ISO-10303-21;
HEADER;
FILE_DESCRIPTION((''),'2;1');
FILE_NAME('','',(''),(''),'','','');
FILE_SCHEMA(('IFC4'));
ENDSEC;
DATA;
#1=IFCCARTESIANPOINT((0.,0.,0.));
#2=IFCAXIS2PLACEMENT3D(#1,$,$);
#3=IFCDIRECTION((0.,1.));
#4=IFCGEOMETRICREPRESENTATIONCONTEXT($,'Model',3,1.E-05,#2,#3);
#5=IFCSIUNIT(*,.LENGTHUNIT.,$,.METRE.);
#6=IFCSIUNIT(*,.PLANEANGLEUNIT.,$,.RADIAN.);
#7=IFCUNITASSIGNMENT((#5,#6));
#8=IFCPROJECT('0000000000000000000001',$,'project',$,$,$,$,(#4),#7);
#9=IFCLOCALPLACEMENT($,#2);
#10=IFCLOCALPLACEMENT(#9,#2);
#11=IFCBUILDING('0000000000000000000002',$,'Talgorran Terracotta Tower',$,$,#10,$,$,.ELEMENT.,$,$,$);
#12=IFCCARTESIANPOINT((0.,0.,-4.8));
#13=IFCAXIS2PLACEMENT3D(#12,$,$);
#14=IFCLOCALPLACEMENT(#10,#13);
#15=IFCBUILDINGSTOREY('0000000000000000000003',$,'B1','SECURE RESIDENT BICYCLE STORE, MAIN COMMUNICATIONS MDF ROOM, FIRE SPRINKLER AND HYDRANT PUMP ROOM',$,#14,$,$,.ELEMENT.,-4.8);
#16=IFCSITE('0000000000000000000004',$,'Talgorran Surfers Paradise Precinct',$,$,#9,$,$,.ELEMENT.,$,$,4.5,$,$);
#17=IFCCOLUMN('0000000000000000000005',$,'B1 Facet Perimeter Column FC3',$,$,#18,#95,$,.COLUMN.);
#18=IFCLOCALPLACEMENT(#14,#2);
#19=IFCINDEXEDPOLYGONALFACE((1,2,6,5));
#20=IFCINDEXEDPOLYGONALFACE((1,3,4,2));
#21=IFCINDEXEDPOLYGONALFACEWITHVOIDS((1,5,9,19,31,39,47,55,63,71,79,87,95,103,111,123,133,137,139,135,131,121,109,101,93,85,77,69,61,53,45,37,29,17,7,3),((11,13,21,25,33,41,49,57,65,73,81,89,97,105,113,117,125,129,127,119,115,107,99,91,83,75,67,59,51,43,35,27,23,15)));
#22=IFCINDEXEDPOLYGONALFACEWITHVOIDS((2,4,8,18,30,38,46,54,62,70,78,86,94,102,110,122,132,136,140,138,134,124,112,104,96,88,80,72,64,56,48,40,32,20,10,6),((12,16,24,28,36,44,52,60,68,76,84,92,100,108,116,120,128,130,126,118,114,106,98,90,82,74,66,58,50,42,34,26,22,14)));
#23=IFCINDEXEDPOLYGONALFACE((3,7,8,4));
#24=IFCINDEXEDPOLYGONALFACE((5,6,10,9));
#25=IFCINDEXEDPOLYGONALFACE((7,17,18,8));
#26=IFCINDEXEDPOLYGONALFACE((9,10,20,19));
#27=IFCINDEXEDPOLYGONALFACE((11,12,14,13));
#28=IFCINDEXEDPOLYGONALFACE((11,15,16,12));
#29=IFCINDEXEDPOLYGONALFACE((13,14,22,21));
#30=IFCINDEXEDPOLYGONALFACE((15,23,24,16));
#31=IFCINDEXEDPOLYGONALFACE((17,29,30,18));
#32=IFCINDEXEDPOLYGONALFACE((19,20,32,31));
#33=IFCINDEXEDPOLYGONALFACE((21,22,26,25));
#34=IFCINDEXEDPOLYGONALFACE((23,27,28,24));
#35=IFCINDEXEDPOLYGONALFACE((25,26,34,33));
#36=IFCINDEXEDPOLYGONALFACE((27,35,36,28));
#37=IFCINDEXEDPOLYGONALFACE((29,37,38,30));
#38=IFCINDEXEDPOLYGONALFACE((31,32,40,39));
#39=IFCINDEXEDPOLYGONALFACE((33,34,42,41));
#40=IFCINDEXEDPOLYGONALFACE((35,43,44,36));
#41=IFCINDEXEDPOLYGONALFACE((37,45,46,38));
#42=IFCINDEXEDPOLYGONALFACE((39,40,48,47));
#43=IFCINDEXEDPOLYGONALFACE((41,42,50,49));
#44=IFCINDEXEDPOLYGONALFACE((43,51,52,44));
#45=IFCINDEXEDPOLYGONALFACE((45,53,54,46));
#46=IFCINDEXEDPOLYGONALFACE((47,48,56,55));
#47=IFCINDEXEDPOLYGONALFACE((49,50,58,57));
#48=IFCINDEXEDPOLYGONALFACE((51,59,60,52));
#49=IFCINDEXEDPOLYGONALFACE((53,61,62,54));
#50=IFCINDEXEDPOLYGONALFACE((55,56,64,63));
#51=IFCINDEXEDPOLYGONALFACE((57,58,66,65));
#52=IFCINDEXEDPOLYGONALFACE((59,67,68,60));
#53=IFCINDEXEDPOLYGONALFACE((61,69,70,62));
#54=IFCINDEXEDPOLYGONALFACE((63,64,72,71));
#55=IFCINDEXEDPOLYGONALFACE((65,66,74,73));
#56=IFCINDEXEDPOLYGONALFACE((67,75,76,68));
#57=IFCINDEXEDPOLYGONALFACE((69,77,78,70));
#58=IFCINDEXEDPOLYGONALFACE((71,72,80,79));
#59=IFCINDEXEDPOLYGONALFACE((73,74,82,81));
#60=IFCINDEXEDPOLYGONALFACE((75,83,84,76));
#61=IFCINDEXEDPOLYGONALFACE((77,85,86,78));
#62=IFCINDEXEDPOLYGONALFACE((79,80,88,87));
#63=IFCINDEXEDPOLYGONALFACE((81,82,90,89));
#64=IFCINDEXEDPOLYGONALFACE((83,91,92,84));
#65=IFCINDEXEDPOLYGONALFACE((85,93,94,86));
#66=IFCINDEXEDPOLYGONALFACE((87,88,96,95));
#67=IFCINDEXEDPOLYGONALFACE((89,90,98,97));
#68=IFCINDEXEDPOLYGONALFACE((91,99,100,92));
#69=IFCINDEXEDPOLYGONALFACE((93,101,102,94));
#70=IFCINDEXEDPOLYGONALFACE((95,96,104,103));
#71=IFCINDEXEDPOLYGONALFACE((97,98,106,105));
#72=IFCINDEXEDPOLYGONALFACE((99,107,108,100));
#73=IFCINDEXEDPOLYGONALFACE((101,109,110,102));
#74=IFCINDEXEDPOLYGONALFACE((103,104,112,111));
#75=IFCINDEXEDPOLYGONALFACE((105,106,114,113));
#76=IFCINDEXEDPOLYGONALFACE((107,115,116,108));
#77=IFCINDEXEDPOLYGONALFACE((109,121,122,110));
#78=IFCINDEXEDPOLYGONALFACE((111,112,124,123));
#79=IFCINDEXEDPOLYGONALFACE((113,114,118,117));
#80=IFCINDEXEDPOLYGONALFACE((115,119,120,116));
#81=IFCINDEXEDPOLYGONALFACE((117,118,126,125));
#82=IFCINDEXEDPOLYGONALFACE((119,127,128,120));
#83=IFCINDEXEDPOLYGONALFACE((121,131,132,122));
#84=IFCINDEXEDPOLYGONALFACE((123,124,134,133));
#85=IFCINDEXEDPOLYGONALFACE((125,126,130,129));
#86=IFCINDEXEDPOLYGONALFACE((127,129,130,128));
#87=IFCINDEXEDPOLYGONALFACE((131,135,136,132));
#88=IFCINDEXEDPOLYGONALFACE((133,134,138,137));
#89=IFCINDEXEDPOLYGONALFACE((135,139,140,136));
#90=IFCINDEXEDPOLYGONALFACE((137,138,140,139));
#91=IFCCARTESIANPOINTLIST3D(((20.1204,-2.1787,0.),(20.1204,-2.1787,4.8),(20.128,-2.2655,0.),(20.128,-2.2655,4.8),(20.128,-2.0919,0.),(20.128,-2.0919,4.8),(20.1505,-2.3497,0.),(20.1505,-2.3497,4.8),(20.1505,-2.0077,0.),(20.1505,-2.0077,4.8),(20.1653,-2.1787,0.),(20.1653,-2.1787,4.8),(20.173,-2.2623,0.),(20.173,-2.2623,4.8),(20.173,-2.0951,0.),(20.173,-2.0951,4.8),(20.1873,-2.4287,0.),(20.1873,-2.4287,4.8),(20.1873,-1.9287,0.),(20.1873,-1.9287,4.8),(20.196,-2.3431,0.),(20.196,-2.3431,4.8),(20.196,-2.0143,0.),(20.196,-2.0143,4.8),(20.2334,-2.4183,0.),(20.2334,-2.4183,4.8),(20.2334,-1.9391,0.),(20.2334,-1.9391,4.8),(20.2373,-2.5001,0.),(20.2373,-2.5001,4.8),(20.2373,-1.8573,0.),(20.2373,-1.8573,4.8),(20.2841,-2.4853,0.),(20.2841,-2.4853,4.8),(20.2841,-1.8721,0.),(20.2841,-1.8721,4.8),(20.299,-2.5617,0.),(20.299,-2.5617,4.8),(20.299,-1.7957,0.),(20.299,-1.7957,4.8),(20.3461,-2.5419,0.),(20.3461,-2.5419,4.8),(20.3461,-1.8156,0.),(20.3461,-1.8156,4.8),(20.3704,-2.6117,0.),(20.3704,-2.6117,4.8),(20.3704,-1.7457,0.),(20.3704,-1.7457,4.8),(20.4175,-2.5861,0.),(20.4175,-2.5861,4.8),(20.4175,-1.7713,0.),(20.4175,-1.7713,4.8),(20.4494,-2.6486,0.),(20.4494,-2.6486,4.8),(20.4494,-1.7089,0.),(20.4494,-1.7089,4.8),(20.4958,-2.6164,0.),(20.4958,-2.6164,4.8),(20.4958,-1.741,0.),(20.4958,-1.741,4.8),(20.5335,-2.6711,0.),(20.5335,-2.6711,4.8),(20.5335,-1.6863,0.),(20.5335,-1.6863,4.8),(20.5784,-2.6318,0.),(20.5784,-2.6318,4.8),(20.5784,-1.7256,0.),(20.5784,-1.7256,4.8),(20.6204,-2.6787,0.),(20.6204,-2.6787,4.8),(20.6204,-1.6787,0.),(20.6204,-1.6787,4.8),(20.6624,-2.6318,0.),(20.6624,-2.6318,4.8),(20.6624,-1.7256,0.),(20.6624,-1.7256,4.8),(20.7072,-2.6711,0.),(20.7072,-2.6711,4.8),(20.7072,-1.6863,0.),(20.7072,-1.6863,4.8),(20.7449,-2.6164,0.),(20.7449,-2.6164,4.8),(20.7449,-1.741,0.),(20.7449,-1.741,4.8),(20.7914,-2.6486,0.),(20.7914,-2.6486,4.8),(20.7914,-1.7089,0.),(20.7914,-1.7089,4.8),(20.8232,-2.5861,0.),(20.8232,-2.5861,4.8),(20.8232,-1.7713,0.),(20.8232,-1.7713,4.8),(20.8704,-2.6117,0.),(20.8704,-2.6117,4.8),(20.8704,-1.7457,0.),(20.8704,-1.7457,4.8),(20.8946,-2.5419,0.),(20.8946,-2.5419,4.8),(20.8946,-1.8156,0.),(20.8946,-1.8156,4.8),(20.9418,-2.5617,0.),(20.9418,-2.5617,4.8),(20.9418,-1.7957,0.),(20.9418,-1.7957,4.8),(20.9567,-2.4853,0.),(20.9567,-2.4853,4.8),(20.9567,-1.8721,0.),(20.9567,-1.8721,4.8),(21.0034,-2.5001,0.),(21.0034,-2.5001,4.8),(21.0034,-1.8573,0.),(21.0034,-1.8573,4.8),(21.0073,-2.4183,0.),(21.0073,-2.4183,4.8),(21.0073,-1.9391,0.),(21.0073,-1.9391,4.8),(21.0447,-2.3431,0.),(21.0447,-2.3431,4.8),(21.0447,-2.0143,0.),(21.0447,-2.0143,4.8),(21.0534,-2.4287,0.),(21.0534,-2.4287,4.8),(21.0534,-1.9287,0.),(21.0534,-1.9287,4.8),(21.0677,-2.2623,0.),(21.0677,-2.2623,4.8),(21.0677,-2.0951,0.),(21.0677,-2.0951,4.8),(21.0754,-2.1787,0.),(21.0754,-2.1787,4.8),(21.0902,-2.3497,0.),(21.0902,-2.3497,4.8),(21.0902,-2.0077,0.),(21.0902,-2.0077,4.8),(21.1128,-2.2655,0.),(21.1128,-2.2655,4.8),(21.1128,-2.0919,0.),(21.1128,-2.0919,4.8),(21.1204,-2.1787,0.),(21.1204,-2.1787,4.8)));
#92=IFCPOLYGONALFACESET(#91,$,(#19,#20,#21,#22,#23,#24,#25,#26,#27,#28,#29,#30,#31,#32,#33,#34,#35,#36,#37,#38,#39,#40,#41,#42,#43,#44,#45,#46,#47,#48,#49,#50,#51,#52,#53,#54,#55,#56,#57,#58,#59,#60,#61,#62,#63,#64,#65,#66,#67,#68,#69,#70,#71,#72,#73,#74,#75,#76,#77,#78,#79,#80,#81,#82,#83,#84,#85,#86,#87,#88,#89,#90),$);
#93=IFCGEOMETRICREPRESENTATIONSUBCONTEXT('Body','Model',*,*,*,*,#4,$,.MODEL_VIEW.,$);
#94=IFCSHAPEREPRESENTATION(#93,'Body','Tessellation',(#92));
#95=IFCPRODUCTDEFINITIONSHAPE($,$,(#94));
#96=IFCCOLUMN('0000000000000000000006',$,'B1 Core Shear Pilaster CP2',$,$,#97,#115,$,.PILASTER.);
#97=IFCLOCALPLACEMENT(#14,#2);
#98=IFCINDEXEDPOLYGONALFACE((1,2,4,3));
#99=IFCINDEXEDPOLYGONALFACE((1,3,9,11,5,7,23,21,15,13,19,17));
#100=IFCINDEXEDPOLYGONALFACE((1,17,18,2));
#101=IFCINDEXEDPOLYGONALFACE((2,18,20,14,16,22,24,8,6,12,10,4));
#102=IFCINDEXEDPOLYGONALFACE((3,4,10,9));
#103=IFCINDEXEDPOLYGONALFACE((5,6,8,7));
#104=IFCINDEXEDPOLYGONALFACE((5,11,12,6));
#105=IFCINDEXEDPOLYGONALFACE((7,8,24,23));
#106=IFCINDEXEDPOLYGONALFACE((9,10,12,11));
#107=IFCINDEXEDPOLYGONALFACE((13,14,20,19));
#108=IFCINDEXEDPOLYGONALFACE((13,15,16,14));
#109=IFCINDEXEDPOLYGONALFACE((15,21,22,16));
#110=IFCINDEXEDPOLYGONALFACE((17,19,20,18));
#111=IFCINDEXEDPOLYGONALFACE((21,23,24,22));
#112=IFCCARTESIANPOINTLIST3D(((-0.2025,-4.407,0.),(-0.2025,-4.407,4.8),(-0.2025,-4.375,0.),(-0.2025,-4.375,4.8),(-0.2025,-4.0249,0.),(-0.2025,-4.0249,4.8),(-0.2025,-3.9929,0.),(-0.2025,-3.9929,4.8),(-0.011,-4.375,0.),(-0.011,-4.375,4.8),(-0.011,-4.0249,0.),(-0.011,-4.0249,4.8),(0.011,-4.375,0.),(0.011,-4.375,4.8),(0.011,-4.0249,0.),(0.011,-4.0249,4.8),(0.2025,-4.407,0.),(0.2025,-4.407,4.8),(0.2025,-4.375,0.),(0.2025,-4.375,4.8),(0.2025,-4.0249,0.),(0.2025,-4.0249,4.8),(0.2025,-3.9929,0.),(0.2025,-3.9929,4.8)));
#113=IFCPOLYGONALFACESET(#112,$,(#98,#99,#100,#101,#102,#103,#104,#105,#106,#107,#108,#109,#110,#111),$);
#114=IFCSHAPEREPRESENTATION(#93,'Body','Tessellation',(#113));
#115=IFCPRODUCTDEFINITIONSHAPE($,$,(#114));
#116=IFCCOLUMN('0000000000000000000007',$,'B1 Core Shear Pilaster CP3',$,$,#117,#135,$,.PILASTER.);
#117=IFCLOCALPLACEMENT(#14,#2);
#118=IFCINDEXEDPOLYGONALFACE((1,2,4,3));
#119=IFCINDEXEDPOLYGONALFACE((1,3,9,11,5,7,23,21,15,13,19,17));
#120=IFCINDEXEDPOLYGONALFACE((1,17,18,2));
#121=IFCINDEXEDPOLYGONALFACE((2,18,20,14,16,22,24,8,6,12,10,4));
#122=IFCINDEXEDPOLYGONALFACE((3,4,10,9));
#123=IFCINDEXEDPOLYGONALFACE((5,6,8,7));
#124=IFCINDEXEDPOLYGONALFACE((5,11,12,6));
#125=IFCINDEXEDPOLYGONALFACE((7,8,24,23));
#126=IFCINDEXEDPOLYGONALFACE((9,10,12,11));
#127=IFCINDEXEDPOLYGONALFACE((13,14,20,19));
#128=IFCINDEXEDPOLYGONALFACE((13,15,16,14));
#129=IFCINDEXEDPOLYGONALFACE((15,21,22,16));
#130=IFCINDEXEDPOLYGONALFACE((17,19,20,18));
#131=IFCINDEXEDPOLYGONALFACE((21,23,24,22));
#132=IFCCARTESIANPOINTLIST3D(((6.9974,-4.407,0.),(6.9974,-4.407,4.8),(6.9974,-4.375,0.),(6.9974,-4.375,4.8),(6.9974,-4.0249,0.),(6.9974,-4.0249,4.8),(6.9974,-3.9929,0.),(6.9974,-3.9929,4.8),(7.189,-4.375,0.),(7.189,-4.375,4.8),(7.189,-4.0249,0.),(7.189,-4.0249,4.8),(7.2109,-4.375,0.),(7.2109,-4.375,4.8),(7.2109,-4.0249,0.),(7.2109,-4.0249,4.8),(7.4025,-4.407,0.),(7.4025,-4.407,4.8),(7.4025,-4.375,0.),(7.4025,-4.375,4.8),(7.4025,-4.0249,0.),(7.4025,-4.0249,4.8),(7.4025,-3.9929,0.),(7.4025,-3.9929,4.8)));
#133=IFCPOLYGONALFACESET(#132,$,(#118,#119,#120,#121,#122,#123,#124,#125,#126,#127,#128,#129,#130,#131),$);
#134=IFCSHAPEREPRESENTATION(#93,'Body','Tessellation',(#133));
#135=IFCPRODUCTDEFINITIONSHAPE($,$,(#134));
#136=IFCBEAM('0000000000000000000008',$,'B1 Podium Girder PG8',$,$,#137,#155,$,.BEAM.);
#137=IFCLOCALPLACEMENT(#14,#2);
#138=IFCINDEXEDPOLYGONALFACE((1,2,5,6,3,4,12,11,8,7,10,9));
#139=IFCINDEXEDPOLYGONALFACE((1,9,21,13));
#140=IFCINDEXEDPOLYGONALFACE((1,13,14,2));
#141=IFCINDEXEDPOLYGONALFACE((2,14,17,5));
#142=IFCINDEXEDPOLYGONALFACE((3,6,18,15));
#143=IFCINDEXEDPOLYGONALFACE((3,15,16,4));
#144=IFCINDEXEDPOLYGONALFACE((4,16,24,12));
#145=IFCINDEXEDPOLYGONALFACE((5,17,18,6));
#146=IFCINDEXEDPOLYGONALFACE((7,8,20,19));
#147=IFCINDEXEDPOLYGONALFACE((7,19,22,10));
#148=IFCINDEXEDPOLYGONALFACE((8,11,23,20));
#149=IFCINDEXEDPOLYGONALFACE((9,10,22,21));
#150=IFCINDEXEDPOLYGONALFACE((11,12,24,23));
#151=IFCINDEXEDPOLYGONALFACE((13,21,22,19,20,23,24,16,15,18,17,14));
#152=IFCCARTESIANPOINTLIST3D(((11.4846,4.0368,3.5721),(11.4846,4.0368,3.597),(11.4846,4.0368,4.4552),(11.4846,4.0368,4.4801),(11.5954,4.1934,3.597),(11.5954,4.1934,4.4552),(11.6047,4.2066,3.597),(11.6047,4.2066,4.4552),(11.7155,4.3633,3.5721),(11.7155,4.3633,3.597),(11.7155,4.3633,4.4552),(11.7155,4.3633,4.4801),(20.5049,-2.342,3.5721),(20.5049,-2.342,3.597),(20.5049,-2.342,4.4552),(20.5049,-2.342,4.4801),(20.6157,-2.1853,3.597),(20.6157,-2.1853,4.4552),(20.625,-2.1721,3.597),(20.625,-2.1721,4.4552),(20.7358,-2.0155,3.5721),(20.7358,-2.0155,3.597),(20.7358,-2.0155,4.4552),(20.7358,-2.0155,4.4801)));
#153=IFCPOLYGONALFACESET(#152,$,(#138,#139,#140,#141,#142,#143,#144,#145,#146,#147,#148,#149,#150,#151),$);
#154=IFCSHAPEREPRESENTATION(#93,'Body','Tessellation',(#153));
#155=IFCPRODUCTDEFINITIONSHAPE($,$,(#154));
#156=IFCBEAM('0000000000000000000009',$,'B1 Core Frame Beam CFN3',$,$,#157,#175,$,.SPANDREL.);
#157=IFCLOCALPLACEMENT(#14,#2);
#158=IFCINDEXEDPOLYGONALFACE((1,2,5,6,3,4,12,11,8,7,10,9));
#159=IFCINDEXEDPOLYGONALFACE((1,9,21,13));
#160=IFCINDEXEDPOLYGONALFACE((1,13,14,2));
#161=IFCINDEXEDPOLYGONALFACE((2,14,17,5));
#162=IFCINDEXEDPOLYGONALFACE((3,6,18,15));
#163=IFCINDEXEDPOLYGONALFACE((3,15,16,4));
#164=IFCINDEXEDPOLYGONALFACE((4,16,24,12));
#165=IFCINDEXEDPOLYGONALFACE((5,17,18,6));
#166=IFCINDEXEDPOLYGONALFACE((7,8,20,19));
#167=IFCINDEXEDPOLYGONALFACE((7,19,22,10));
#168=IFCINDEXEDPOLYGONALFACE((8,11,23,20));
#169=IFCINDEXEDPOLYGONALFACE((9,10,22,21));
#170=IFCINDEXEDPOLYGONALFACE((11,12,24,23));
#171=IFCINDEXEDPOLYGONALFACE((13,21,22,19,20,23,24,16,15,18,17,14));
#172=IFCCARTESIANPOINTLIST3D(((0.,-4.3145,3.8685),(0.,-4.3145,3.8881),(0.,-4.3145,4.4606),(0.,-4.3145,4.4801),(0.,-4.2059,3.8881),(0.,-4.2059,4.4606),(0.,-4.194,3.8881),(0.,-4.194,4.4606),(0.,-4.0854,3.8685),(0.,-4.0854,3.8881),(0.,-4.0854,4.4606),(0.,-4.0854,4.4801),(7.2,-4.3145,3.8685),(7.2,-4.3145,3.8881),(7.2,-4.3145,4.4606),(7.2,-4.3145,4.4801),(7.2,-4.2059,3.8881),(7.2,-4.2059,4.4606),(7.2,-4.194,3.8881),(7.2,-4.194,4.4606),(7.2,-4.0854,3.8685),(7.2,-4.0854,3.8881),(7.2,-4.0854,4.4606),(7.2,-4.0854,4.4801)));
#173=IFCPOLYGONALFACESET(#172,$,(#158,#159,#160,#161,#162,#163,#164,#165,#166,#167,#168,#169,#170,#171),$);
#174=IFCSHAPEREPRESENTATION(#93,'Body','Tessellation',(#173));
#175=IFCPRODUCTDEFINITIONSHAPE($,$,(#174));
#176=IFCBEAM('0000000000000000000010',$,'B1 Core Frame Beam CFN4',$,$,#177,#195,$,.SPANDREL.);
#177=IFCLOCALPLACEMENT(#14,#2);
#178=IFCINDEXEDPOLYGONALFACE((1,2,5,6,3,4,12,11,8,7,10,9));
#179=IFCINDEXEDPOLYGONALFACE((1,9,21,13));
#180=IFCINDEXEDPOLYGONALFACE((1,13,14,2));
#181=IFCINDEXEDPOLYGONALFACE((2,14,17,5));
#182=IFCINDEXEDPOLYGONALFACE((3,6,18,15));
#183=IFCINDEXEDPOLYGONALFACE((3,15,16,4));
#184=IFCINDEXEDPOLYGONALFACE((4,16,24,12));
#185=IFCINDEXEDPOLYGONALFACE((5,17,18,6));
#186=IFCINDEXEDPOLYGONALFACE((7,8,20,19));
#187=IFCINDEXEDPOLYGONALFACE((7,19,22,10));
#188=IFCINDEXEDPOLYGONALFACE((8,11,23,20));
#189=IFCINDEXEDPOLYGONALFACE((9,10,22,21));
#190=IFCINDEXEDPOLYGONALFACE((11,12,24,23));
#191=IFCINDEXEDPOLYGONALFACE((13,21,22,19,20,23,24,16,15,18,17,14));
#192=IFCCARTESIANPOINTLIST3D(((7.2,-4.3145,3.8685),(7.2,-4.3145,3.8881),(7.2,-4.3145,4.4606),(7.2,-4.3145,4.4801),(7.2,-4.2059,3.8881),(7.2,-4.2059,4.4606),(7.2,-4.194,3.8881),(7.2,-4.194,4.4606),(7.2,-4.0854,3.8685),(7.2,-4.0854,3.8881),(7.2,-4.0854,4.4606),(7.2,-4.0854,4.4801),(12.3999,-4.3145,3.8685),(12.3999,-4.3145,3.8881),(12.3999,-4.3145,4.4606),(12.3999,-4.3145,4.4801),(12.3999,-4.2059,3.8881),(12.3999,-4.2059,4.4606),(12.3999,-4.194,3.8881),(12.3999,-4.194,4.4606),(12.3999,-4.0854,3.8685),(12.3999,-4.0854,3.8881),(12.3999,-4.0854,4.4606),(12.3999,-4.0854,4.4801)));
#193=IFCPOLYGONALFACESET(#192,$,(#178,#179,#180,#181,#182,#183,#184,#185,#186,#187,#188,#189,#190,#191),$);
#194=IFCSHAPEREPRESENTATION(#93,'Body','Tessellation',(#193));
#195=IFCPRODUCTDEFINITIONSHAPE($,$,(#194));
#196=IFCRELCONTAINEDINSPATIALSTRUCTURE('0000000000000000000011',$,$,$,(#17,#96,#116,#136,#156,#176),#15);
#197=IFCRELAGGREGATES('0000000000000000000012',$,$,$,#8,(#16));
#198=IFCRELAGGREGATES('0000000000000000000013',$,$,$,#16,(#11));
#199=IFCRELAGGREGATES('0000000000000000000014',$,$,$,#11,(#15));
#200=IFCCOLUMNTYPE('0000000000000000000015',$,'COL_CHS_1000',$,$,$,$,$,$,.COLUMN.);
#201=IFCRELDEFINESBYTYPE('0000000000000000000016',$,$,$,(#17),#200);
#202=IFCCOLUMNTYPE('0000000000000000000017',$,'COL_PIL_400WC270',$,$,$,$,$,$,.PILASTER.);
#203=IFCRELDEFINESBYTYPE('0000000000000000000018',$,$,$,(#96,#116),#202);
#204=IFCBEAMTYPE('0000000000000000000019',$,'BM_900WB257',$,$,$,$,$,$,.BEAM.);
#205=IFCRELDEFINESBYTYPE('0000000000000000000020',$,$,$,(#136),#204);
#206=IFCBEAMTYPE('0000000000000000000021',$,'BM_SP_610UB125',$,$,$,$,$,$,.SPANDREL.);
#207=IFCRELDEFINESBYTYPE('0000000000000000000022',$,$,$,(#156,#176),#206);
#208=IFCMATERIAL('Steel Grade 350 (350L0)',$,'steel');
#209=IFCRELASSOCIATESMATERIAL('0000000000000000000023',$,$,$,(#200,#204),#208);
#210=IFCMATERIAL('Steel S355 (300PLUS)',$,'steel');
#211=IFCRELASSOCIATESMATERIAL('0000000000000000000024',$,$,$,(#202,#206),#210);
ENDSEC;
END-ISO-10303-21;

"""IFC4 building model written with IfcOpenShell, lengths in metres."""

from ifc_helpers import new_model, si_unit, direction, frame, origin, origin_2d, place, context, subcontext, project, spatial, hollow_circle, i_section, extrude, material, material_profile, profile_set, type_object, element, save


model = new_model("IFC4")

# Units and contexts
model_context = context("Model", 3, precision=1e-05, world=origin(), true_north=direction((0.0, 1.0)))
body_context = subcontext(model_context, "Body", "Model", "MODEL_VIEW")
ifc_project = project(units=[si_unit("LENGTHUNIT", "METRE"), si_unit("PLANEANGLEUNIT", "RADIAN")], contexts=[model_context])

# Site, building, storey
site_placement = place(None, origin())
site = spatial("IfcSite", under=ifc_project, at=site_placement, Name="Talgorran Surfers Paradise Precinct", CompositionType="ELEMENT", RefElevation=4.5)
building_placement = place(site_placement, origin())
building = spatial("IfcBuilding", under=site, at=building_placement, Name="Talgorran Terracotta Tower", CompositionType="ELEMENT")
storey_placement = place(building_placement, frame((0.0, 0.0, -4.8)))
storey = spatial("IfcBuildingStorey", under=building, at=storey_placement, Name="B1", Description="SECURE RESIDENT BICYCLE STORE, MAIN COMMUNICATIONS MDF ROOM, FIRE SPRINKLER AND HYDRANT PUMP ROOM", CompositionType="ELEMENT", Elevation=-4.8)

# Columns
ifc_material_1 = material(Name="Steel S355 (300PLUS)", Category="steel")
ifc_material_2 = material(Name="Steel Grade 350 (350L0)", Category="steel")
ifc_material_profile_1 = material_profile(ifc_material_2, hollow_circle(Radius=0.5, WallThickness=0.0449, at=origin_2d()), Name="CHS1000X45")
ifc_profile_set_1 = profile_set([ifc_material_profile_1], Name="Steel Grade 350 (350L0)")
column_type_1 = type_object("IfcColumnType", Name="COL_CHS_1000", PredefinedType="COLUMN", material=ifc_profile_set_1)
column_1_placement = place(storey_placement, frame((20.6204, -2.1787, 0.0), z_axis=(0.0, 0.0, 1.0), x_axis=(1.0, 0.0, 0.0)))
element("IfcColumn", 1, at=column_1_placement, inside=storey, type_object=column_type_1, Name="B1 Facet Perimeter Column FC3", PredefinedType="COLUMN", context=body_context, shape_type="SweptSolid", body=[
    extrude(hollow_circle(Radius=0.5, WallThickness=0.0449, at=origin_2d()), origin(), (0.0, 0.0, 1.0), 4.8),
])
ifc_material_profile_2 = material_profile(ifc_material_1, i_section(OverallWidth=0.405, OverallDepth=0.4141, WebThickness=0.022, FlangeThickness=0.032, at=origin_2d()), Name="400WC270")
ifc_profile_set_2 = profile_set([ifc_material_profile_2], Name="Steel S355 (300PLUS)")
column_type_2 = type_object("IfcColumnType", Name="COL_PIL_400WC270", PredefinedType="PILASTER", material=ifc_profile_set_2)
for number, where, z_axis, x_axis, name in (
    (2, (0.0, -4.2, 0.0), (0.0, 0.0, 1.0), (1.0, 0.0, 0.0), "B1 Core Shear Pilaster CP2"),
    (3, (7.2, -4.2, 0.0), (0.0, 0.0, 1.0), (1.0, 0.0, 0.0), "B1 Core Shear Pilaster CP3"),
):
    element("IfcColumn", number, at=place(storey_placement, frame(where, z_axis=z_axis, x_axis=x_axis)), inside=storey, type_object=column_type_2, Name=name, PredefinedType="PILASTER", context=body_context, shape_type="SweptSolid", body=[
        extrude(i_section(OverallWidth=0.405, OverallDepth=0.4141, WebThickness=0.022, FlangeThickness=0.032, at=origin_2d()), origin(), (0.0, 0.0, 1.0), 4.8),
    ])

# Beams
ifc_material_profile_3 = material_profile(ifc_material_2, i_section(OverallWidth=0.3999, OverallDepth=0.908, WebThickness=0.0161, FlangeThickness=0.0249, at=origin_2d()), Name="900WB257")
ifc_profile_set_3 = profile_set([ifc_material_profile_3], Name="Steel Grade 350 (350L0)")
beam_type_1 = type_object("IfcBeamType", Name="BM_900WB257", PredefinedType="BEAM", material=ifc_profile_set_3)
beam_1_placement = place(storey_placement, frame((20.6204, -2.1787, 4.0261), z_axis=(-0.816481, 0.577373, 0.0), x_axis=(-0.577373, -0.816481, 0.0)))
element("IfcBeam", 4, at=beam_1_placement, inside=storey, type_object=beam_type_1, Name="B1 Podium Girder PG8", PredefinedType="BEAM", context=body_context, shape_type="SweptSolid", body=[
    extrude(i_section(OverallWidth=0.3999, OverallDepth=0.908, WebThickness=0.0161, FlangeThickness=0.0249, at=origin_2d()), origin(), (0.0, 0.0, 1.0), 11.0479),
])
ifc_material_profile_4 = material_profile(ifc_material_1, i_section(OverallWidth=0.229, OverallDepth=0.6116, WebThickness=0.012, FlangeThickness=0.0195, at=origin_2d()), Name="610UB125")
ifc_profile_set_4 = profile_set([ifc_material_profile_4], Name="Steel S355 (300PLUS)")
beam_type_2 = type_object("IfcBeamType", Name="BM_SP_610UB125", PredefinedType="SPANDREL", material=ifc_profile_set_4)
beam_2_placement = place(storey_placement, frame((0.0, -4.2, 4.1743), z_axis=(1.0, 0.0, 0.0), x_axis=(0.0, 1.0, 0.0)))
element("IfcBeam", 5, at=beam_2_placement, inside=storey, type_object=beam_type_2, Name="B1 Core Frame Beam CFN3", PredefinedType="SPANDREL", context=body_context, shape_type="SweptSolid", body=[
    extrude(i_section(OverallWidth=0.229, OverallDepth=0.6116, WebThickness=0.012, FlangeThickness=0.0195, at=origin_2d()), origin(), (0.0, 0.0, 1.0), 7.2),
])
beam_3_placement = place(storey_placement, frame((7.2, -4.2, 4.1743), z_axis=(1.0, 0.0, 0.0), x_axis=(0.0, 1.0, 0.0)))
element("IfcBeam", 6, at=beam_3_placement, inside=storey, type_object=beam_type_2, Name="B1 Core Frame Beam CFN4", PredefinedType="SPANDREL", context=body_context, shape_type="SweptSolid", body=[
    extrude(i_section(OverallWidth=0.229, OverallDepth=0.6116, WebThickness=0.012, FlangeThickness=0.0195, at=origin_2d()), origin(), (0.0, 0.0, 1.0), 5.2),
])

save(model, "model.ifc")
